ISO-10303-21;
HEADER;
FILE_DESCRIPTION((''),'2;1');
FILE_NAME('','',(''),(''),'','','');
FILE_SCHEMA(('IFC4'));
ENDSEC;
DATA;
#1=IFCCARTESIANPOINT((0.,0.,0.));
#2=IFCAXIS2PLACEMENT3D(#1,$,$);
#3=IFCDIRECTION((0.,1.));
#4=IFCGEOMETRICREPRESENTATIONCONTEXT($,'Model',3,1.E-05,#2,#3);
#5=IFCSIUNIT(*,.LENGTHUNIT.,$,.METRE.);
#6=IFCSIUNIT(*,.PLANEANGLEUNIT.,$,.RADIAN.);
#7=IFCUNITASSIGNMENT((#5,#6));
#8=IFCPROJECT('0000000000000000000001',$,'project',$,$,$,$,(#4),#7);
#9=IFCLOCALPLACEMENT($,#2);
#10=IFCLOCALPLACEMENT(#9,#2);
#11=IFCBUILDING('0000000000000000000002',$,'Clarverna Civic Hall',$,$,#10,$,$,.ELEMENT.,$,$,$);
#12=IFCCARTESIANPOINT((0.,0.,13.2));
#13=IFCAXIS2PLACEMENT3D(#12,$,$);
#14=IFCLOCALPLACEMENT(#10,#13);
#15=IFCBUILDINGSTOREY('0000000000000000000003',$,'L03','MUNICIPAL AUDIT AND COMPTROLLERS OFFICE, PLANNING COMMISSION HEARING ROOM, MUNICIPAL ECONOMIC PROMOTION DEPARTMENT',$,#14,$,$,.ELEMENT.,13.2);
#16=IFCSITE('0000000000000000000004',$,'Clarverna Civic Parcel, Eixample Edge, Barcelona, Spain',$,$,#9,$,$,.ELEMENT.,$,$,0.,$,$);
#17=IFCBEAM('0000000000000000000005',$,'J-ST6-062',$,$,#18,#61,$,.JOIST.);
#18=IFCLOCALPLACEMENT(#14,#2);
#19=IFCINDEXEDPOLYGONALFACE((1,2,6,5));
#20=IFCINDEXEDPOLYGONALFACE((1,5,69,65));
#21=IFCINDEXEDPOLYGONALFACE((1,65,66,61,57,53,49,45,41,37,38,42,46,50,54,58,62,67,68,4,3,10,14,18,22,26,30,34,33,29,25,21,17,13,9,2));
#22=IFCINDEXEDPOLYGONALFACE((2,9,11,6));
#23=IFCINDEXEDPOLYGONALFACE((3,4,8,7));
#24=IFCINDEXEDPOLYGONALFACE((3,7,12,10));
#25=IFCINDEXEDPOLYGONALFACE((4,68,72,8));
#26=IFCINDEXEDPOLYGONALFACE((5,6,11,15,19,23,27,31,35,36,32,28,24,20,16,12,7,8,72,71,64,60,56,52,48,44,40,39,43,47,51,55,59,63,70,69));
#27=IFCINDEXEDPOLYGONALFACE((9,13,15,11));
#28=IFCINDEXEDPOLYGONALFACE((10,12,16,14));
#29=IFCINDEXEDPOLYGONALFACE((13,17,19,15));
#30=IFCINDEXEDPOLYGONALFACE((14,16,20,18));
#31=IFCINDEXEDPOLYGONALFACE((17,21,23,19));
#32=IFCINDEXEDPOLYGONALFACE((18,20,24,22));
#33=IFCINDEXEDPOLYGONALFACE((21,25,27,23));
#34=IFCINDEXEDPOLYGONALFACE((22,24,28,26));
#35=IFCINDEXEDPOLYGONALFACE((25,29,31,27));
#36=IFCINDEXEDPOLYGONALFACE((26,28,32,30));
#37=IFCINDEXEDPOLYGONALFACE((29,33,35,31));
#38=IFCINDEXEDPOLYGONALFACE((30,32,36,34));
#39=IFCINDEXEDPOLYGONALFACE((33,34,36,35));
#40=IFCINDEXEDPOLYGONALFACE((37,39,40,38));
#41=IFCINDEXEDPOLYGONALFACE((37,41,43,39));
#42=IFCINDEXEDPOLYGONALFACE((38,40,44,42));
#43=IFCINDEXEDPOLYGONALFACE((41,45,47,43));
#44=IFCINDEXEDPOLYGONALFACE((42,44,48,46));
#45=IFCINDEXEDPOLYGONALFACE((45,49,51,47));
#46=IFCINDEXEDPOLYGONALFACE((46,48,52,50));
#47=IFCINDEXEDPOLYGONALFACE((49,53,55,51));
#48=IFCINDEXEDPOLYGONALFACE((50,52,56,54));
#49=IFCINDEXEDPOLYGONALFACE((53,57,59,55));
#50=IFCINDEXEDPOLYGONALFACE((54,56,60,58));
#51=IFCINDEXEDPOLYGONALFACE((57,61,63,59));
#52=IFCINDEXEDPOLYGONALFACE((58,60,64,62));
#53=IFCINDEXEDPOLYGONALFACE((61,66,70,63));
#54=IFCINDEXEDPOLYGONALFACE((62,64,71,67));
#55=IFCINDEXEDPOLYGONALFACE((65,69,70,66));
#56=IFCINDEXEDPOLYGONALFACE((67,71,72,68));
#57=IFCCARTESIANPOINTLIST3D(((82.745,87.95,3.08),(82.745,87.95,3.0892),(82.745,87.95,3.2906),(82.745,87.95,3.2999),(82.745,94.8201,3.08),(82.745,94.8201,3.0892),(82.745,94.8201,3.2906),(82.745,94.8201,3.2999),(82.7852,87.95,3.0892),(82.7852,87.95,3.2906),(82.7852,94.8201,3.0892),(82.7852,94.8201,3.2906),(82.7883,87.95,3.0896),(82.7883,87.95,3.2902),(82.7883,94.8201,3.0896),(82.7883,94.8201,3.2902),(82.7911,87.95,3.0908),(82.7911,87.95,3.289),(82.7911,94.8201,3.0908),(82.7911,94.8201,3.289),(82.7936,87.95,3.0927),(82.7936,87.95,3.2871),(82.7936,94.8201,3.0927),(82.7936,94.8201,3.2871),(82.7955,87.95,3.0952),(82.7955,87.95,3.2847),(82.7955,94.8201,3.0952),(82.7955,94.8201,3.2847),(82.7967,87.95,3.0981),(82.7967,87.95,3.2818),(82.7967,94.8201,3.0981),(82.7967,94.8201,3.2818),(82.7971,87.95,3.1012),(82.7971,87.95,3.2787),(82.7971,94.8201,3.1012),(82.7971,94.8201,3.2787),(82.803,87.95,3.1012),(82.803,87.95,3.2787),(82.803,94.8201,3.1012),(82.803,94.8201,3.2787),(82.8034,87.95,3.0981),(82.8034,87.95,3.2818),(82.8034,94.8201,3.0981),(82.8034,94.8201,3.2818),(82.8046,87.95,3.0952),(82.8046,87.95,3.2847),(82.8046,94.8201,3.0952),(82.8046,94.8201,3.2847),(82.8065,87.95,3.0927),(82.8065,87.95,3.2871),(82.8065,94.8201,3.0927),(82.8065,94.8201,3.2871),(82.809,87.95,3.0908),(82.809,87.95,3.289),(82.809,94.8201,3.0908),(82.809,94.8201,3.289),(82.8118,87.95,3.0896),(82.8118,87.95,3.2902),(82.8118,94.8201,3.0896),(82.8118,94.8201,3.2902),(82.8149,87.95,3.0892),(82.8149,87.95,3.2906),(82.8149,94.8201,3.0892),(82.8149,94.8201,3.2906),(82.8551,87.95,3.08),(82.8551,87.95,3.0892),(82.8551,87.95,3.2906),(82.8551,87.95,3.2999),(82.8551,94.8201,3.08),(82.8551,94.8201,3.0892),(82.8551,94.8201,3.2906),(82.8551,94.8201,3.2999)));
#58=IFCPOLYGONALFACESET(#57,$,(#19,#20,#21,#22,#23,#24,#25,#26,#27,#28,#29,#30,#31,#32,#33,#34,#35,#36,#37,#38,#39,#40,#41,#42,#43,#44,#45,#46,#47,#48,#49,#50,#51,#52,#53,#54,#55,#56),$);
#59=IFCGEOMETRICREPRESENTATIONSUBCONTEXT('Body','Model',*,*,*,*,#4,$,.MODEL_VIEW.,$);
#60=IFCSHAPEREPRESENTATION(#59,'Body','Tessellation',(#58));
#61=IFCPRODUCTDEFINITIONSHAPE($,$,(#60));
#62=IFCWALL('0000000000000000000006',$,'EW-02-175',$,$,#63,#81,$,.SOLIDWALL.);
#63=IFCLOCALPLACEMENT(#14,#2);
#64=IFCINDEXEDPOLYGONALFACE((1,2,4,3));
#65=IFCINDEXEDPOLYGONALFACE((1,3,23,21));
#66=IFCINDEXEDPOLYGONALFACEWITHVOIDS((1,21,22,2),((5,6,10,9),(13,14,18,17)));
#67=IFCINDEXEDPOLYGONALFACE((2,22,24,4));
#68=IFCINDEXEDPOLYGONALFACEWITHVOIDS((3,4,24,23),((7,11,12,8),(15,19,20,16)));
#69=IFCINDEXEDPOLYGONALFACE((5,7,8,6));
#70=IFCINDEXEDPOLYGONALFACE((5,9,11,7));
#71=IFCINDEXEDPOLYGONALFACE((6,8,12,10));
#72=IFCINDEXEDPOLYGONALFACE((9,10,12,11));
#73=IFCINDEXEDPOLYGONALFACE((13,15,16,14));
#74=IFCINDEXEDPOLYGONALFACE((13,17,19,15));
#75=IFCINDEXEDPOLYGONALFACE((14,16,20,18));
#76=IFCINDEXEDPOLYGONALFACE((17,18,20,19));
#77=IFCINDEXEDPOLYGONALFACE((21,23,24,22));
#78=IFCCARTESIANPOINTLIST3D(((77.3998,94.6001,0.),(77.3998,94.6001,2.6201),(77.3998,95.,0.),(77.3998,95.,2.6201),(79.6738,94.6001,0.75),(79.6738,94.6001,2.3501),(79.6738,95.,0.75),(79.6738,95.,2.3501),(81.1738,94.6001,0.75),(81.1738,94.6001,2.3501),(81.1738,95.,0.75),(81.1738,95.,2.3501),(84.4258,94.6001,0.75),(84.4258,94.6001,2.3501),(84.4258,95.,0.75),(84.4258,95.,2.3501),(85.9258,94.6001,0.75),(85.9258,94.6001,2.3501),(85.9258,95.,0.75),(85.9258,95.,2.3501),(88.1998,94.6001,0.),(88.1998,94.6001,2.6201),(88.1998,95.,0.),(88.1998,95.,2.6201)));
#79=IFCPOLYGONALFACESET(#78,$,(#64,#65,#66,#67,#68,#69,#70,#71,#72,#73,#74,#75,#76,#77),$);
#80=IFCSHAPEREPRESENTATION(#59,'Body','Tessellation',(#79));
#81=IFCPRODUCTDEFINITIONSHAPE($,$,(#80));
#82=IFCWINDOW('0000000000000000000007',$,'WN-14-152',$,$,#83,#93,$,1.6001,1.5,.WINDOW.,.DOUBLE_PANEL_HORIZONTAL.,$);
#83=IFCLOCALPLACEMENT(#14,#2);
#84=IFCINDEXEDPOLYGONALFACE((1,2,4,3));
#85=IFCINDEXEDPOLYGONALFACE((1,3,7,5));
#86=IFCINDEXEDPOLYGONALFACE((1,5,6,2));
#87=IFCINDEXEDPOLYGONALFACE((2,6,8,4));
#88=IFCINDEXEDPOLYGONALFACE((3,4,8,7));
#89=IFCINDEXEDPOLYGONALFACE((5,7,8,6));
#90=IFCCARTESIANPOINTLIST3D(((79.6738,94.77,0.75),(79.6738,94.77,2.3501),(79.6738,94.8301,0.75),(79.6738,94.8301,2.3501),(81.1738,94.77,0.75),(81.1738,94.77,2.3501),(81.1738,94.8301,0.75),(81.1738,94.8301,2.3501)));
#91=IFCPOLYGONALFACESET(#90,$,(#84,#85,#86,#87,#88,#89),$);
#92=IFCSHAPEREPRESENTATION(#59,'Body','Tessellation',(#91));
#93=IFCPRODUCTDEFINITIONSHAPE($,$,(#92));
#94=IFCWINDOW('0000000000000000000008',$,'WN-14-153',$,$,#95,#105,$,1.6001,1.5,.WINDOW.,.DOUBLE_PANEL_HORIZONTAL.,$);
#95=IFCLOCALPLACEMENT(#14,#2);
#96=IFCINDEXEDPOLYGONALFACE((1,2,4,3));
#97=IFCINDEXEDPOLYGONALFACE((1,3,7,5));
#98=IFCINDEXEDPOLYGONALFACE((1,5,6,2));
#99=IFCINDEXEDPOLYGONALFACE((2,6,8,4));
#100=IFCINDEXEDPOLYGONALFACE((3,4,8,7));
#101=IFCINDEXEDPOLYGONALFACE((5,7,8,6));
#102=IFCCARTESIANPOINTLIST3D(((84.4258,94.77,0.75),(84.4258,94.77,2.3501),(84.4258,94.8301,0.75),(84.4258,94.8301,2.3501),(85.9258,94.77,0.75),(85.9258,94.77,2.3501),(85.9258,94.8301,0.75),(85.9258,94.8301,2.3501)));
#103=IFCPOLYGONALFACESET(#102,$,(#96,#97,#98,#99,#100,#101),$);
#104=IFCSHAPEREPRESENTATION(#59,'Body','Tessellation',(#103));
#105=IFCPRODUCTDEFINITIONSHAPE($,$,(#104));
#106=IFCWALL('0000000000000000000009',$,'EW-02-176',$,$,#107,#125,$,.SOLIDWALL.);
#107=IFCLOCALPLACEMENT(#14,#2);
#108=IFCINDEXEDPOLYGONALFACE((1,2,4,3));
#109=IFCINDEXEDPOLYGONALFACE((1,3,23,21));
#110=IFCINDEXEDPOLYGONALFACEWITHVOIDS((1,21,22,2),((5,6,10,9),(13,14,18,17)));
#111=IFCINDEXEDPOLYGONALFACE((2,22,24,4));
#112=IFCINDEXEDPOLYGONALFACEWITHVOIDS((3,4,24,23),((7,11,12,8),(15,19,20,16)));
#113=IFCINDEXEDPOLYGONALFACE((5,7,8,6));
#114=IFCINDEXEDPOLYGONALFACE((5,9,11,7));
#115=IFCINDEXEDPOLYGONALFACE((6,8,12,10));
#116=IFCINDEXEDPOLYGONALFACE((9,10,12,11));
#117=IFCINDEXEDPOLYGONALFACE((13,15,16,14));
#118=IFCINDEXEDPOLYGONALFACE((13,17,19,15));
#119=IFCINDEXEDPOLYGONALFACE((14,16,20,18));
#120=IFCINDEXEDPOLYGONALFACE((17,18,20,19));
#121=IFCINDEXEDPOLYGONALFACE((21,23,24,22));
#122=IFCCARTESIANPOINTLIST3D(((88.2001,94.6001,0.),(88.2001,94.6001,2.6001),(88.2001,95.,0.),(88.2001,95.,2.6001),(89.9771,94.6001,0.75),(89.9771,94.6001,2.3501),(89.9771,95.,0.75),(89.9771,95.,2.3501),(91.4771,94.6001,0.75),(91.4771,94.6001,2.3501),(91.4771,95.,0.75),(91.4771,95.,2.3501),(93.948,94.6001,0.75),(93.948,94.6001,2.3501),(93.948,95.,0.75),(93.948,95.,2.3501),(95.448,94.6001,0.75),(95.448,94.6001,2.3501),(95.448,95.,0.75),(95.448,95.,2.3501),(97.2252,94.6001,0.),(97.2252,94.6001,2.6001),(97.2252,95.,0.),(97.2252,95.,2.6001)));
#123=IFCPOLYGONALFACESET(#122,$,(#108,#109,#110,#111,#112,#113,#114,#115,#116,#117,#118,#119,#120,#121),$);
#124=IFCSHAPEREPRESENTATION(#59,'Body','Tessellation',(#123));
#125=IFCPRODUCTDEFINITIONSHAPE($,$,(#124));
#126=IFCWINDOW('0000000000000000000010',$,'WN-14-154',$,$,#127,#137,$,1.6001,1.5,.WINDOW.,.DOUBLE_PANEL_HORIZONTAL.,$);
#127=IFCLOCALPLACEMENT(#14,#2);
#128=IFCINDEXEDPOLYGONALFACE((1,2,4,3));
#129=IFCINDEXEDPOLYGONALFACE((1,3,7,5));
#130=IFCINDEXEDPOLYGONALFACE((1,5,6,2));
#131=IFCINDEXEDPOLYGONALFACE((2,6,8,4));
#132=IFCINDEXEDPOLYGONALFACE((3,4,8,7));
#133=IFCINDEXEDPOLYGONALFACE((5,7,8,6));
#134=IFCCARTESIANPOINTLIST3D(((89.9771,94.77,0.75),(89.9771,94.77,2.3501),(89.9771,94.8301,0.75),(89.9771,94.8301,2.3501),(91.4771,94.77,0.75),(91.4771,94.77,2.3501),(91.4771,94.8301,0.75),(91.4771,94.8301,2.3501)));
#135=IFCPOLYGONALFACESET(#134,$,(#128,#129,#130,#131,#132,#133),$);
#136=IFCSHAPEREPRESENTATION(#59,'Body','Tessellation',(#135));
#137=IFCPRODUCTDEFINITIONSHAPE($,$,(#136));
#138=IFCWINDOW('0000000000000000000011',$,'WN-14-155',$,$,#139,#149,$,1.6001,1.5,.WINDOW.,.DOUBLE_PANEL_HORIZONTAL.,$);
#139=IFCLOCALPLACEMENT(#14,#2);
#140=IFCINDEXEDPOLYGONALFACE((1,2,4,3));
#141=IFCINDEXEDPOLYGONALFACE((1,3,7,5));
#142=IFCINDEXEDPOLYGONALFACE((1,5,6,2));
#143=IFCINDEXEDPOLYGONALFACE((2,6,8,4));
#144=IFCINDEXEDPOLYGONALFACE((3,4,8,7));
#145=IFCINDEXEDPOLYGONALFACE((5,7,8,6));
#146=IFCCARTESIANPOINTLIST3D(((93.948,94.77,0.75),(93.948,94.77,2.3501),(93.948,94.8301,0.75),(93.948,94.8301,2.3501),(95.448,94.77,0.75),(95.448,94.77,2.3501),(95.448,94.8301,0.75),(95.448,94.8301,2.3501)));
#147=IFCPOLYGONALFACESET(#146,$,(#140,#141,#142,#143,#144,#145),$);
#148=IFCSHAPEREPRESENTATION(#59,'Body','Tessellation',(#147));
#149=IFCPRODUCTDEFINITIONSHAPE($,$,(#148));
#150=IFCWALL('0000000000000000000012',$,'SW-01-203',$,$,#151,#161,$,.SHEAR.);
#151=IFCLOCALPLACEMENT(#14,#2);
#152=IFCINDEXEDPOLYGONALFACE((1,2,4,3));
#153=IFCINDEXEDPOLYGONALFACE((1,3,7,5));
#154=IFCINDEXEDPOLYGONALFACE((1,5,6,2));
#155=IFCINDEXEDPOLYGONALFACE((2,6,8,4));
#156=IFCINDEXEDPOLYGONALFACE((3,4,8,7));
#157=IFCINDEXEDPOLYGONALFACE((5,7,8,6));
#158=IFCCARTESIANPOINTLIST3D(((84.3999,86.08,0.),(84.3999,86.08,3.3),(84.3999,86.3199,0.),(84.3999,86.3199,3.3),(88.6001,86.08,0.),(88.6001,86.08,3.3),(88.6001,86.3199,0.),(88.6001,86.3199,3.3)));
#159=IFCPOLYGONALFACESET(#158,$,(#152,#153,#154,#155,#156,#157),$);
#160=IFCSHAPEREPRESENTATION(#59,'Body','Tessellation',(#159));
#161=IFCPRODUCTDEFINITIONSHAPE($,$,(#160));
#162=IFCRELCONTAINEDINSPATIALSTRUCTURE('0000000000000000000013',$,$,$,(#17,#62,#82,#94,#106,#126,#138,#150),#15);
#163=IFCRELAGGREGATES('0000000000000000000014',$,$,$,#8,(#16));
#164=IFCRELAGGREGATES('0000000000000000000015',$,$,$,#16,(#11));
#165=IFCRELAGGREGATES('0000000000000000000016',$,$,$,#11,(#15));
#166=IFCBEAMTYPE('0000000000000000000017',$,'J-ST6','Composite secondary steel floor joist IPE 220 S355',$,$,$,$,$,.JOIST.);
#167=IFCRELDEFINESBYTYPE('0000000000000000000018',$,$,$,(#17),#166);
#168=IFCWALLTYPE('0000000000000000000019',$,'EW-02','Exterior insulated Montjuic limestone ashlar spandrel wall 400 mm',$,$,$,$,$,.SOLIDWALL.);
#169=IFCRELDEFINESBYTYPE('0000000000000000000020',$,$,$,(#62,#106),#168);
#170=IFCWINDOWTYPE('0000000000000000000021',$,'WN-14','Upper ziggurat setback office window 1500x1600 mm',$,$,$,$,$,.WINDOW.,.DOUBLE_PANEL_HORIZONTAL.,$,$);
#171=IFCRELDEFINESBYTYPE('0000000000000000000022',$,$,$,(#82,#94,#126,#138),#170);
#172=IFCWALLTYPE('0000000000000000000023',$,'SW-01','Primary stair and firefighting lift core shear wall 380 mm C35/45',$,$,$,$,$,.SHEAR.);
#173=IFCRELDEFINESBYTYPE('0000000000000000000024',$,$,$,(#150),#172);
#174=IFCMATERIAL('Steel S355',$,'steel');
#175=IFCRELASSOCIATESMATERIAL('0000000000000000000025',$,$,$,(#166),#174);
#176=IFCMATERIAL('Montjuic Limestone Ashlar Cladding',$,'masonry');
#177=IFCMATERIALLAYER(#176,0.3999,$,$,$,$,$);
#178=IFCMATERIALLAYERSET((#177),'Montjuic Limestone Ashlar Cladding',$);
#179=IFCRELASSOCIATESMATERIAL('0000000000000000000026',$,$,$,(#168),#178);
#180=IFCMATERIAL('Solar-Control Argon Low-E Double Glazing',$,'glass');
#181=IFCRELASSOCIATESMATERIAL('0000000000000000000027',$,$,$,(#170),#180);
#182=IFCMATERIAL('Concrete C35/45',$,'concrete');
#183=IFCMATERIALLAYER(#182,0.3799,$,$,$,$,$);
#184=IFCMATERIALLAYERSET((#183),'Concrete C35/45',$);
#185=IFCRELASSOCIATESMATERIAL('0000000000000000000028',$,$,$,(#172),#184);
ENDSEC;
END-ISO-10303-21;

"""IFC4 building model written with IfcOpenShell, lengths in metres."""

from ifc_helpers import new_model, si_unit, direction, frame, frame_2d, origin, origin_2d, place, context, subcontext, project, spatial, rectangle, i_section, extrude, material, layer, layer_set, material_profile, profile_set, type_object, element, fill, save


model = new_model("IFC4")

# Units and contexts
model_context = context("Model", 3, precision=1e-05, world=origin(), true_north=direction((0.0, 1.0)))
body_context = subcontext(model_context, "Body", "Model", "MODEL_VIEW")
ifc_project = project(units=[si_unit("LENGTHUNIT", "METRE"), si_unit("PLANEANGLEUNIT", "RADIAN")], contexts=[model_context])

# Site, building, storey
site_placement = place(None, origin())
site = spatial("IfcSite", under=ifc_project, at=site_placement, Name="Clarverna Civic Parcel, Eixample Edge, Barcelona, Spain", CompositionType="ELEMENT", RefElevation=0.0)
building_placement = place(site_placement, origin())
building = spatial("IfcBuilding", under=site, at=building_placement, Name="Clarverna Civic Hall", CompositionType="ELEMENT")
storey_placement = place(building_placement, frame((0.0, 0.0, 13.2)))
storey = spatial("IfcBuildingStorey", under=building, at=storey_placement, Name="L03", Description="MUNICIPAL AUDIT AND COMPTROLLERS OFFICE, PLANNING COMMISSION HEARING ROOM, MUNICIPAL ECONOMIC PROMOTION DEPARTMENT", CompositionType="ELEMENT", Elevation=13.2)

# Shared definitions
ifc_material_1 = material(Name="Concrete C35/45", Category="concrete")

# Beam
ifc_material_2 = material(Name="Steel S355", Category="steel")
ifc_material_profile_1 = material_profile(ifc_material_2, i_section(OverallWidth=0.1101, OverallDepth=0.22, WebThickness=0.0059, FlangeThickness=0.0093, FilletRadius=0.012, at=origin_2d()), Name="IPE 220")
ifc_profile_set_1 = profile_set([ifc_material_profile_1], Name="Steel S355")
beam_type_1 = type_object("IfcBeamType", Name="J-ST6", Description="Composite secondary steel floor joist IPE 220 S355", PredefinedType="JOIST", material=ifc_profile_set_1)
beam_1_placement = place(storey_placement, frame((82.8, 87.95, 3.1899), z_axis=(0.0, 1.0, 0.0), x_axis=(-1.0, 0.0, 0.0)))
element("IfcBeam", 1, at=beam_1_placement, inside=storey, type_object=beam_type_1, Name="J-ST6-062", PredefinedType="JOIST", context=body_context, shape_type="SweptSolid", body=[
    extrude(i_section(OverallWidth=0.1101, OverallDepth=0.22, WebThickness=0.0059, FlangeThickness=0.0093, FilletRadius=0.012, at=origin_2d()), origin(), (0.0, 0.0, 1.0), 6.8701),
])

# Walls, openings, windows
ifc_material_3 = material(Name="Montjuic Limestone Ashlar Cladding", Category="masonry")
ifc_layer_1 = layer(ifc_material_3, 0.3999)
ifc_layer_set_1 = layer_set([ifc_layer_1], Name="Montjuic Limestone Ashlar Cladding")
wall_type_1 = type_object("IfcWallType", Name="EW-02", Description="Exterior insulated Montjuic limestone ashlar spandrel wall 400 mm", PredefinedType="SOLIDWALL", material=ifc_layer_set_1)
wall_1_placement = place(storey_placement, frame((77.3999, 94.8, 0.0), z_axis=(0.0, 0.0, 1.0), x_axis=(1.0, 0.0, 0.0)))
wall_1 = element("IfcWall", 2, at=wall_1_placement, inside=storey, type_object=wall_type_1, Name="EW-02-175", PredefinedType="SOLIDWALL", context=body_context, shape_type="SweptSolid", body=[
    extrude(rectangle(XDim=10.8, YDim=0.3999, at=frame_2d((5.3999, 0.0))), origin(), (0.0, 0.0, 1.0), 2.6201),
])
opening_1_placement = place(wall_1_placement, frame((2.2739, 0.0, 0.75)))
opening_1 = element("IfcOpeningElement", 3, at=opening_1_placement, cuts=wall_1, PredefinedType="OPENING", context=body_context, shape_type="SweptSolid", body=[
    extrude(rectangle(XDim=1.5, YDim=1.6001, at=frame_2d((0.75, 0.8))), frame((0.0, 0.21, 0.0), z_axis=(0.0, -1.0, 0.0), x_axis=(1.0, 0.0, 0.0)), (0.0, 0.0, 1.0), 0.4199),
])
opening_2_placement = place(wall_1_placement, frame((7.0259, 0.0, 0.75)))
opening_2 = element("IfcOpeningElement", 4, at=opening_2_placement, cuts=wall_1, PredefinedType="OPENING", context=body_context, shape_type="SweptSolid", body=[
    extrude(rectangle(XDim=1.5, YDim=1.6001, at=frame_2d((0.75, 0.8))), frame((0.0, 0.21, 0.0), z_axis=(0.0, -1.0, 0.0), x_axis=(1.0, 0.0, 0.0)), (0.0, 0.0, 1.0), 0.4199),
])
ifc_material_4 = material(Name="Solar-Control Argon Low-E Double Glazing", Category="glass")
window_type = type_object("IfcWindowType", Name="WN-14", Description="Upper ziggurat setback office window 1500x1600 mm", PartitioningType="DOUBLE_PANEL_HORIZONTAL", PredefinedType="WINDOW", material=ifc_material_4)
window_1_placement = place(opening_1_placement, origin())
window_1 = element("IfcWindow", 5, at=window_1_placement, inside=storey, type_object=window_type, Name="WN-14-152", OverallHeight=1.6001, OverallWidth=1.5, PartitioningType="DOUBLE_PANEL_HORIZONTAL", PredefinedType="WINDOW", context=body_context, shape_type="SweptSolid", body=[
    extrude(rectangle(XDim=1.5, YDim=1.6001, at=frame_2d((0.75, 0.8))), frame((0.0, 0.03, 0.0), z_axis=(0.0, -1.0, 0.0), x_axis=(1.0, 0.0, 0.0)), (0.0, 0.0, 1.0), 0.0601),
])
fill(opening_1, window_1)
window_2_placement = place(opening_2_placement, origin())
window_2 = element("IfcWindow", 6, at=window_2_placement, inside=storey, type_object=window_type, Name="WN-14-153", OverallHeight=1.6001, OverallWidth=1.5, PartitioningType="DOUBLE_PANEL_HORIZONTAL", PredefinedType="WINDOW", context=body_context, shape_type="SweptSolid", body=[
    extrude(rectangle(XDim=1.5, YDim=1.6001, at=frame_2d((0.75, 0.8))), frame((0.0, 0.03, 0.0), z_axis=(0.0, -1.0, 0.0), x_axis=(1.0, 0.0, 0.0)), (0.0, 0.0, 1.0), 0.0601),
])
fill(opening_2, window_2)
wall_2_placement = place(storey_placement, frame((88.2, 94.8, 0.0), z_axis=(0.0, 0.0, 1.0), x_axis=(1.0, 0.0, 0.0)))
wall_2 = element("IfcWall", 7, at=wall_2_placement, inside=storey, type_object=wall_type_1, Name="EW-02-176", PredefinedType="SOLIDWALL", context=body_context, shape_type="SweptSolid", body=[
    extrude(rectangle(XDim=9.0251, YDim=0.3999, at=frame_2d((4.5127, 0.0))), origin(), (0.0, 0.0, 1.0), 2.6001),
])
opening_3_placement = place(wall_2_placement, frame((1.7771, 0.0, 0.75)))
opening_3 = element("IfcOpeningElement", 8, at=opening_3_placement, cuts=wall_2, PredefinedType="OPENING", context=body_context, shape_type="SweptSolid", body=[
    extrude(rectangle(XDim=1.5, YDim=1.6001, at=frame_2d((0.75, 0.8))), frame((0.0, 0.21, 0.0), z_axis=(0.0, -1.0, 0.0), x_axis=(1.0, 0.0, 0.0)), (0.0, 0.0, 1.0), 0.4199),
])
opening_4_placement = place(wall_2_placement, frame((5.748, 0.0, 0.75)))
opening_4 = element("IfcOpeningElement", 9, at=opening_4_placement, cuts=wall_2, PredefinedType="OPENING", context=body_context, shape_type="SweptSolid", body=[
    extrude(rectangle(XDim=1.5, YDim=1.6001, at=frame_2d((0.75, 0.8))), frame((0.0, 0.21, 0.0), z_axis=(0.0, -1.0, 0.0), x_axis=(1.0, 0.0, 0.0)), (0.0, 0.0, 1.0), 0.4199),
])
window_3_placement = place(opening_3_placement, origin())
window_3 = element("IfcWindow", 10, at=window_3_placement, inside=storey, type_object=window_type, Name="WN-14-154", OverallHeight=1.6001, OverallWidth=1.5, PartitioningType="DOUBLE_PANEL_HORIZONTAL", PredefinedType="WINDOW", context=body_context, shape_type="SweptSolid", body=[
    extrude(rectangle(XDim=1.5, YDim=1.6001, at=frame_2d((0.75, 0.8))), frame((0.0, 0.03, 0.0), z_axis=(0.0, -1.0, 0.0), x_axis=(1.0, 0.0, 0.0)), (0.0, 0.0, 1.0), 0.0601),
])
fill(opening_3, window_3)
window_4_placement = place(opening_4_placement, origin())
window_4 = element("IfcWindow", 11, at=window_4_placement, inside=storey, type_object=window_type, Name="WN-14-155", OverallHeight=1.6001, OverallWidth=1.5, PartitioningType="DOUBLE_PANEL_HORIZONTAL", PredefinedType="WINDOW", context=body_context, shape_type="SweptSolid", body=[
    extrude(rectangle(XDim=1.5, YDim=1.6001, at=frame_2d((0.75, 0.8))), frame((0.0, 0.03, 0.0), z_axis=(0.0, -1.0, 0.0), x_axis=(1.0, 0.0, 0.0)), (0.0, 0.0, 1.0), 0.0601),
])
fill(opening_4, window_4)

# Wall
ifc_layer_2 = layer(ifc_material_1, 0.3799)
ifc_layer_set_2 = layer_set([ifc_layer_2], Name="Concrete C35/45")
wall_type_2 = type_object("IfcWallType", Name="SW-01", Description="Primary stair and firefighting lift core shear wall 380 mm C35/45", PredefinedType="SHEAR", material=ifc_layer_set_2)
wall_3_placement = place(storey_placement, frame((84.3999, 86.2, 0.0), z_axis=(0.0, 0.0, 1.0), x_axis=(1.0, 0.0, 0.0)))
element("IfcWall", 12, at=wall_3_placement, inside=storey, type_object=wall_type_2, Name="SW-01-203", PredefinedType="SHEAR", context=body_context, shape_type="SweptSolid", body=[
    extrude(rectangle(XDim=4.2002, YDim=0.24, at=frame_2d((2.1001, 0.0))), origin(), (0.0, 0.0, 1.0), 3.3),
])

save(model, "model.ifc")
